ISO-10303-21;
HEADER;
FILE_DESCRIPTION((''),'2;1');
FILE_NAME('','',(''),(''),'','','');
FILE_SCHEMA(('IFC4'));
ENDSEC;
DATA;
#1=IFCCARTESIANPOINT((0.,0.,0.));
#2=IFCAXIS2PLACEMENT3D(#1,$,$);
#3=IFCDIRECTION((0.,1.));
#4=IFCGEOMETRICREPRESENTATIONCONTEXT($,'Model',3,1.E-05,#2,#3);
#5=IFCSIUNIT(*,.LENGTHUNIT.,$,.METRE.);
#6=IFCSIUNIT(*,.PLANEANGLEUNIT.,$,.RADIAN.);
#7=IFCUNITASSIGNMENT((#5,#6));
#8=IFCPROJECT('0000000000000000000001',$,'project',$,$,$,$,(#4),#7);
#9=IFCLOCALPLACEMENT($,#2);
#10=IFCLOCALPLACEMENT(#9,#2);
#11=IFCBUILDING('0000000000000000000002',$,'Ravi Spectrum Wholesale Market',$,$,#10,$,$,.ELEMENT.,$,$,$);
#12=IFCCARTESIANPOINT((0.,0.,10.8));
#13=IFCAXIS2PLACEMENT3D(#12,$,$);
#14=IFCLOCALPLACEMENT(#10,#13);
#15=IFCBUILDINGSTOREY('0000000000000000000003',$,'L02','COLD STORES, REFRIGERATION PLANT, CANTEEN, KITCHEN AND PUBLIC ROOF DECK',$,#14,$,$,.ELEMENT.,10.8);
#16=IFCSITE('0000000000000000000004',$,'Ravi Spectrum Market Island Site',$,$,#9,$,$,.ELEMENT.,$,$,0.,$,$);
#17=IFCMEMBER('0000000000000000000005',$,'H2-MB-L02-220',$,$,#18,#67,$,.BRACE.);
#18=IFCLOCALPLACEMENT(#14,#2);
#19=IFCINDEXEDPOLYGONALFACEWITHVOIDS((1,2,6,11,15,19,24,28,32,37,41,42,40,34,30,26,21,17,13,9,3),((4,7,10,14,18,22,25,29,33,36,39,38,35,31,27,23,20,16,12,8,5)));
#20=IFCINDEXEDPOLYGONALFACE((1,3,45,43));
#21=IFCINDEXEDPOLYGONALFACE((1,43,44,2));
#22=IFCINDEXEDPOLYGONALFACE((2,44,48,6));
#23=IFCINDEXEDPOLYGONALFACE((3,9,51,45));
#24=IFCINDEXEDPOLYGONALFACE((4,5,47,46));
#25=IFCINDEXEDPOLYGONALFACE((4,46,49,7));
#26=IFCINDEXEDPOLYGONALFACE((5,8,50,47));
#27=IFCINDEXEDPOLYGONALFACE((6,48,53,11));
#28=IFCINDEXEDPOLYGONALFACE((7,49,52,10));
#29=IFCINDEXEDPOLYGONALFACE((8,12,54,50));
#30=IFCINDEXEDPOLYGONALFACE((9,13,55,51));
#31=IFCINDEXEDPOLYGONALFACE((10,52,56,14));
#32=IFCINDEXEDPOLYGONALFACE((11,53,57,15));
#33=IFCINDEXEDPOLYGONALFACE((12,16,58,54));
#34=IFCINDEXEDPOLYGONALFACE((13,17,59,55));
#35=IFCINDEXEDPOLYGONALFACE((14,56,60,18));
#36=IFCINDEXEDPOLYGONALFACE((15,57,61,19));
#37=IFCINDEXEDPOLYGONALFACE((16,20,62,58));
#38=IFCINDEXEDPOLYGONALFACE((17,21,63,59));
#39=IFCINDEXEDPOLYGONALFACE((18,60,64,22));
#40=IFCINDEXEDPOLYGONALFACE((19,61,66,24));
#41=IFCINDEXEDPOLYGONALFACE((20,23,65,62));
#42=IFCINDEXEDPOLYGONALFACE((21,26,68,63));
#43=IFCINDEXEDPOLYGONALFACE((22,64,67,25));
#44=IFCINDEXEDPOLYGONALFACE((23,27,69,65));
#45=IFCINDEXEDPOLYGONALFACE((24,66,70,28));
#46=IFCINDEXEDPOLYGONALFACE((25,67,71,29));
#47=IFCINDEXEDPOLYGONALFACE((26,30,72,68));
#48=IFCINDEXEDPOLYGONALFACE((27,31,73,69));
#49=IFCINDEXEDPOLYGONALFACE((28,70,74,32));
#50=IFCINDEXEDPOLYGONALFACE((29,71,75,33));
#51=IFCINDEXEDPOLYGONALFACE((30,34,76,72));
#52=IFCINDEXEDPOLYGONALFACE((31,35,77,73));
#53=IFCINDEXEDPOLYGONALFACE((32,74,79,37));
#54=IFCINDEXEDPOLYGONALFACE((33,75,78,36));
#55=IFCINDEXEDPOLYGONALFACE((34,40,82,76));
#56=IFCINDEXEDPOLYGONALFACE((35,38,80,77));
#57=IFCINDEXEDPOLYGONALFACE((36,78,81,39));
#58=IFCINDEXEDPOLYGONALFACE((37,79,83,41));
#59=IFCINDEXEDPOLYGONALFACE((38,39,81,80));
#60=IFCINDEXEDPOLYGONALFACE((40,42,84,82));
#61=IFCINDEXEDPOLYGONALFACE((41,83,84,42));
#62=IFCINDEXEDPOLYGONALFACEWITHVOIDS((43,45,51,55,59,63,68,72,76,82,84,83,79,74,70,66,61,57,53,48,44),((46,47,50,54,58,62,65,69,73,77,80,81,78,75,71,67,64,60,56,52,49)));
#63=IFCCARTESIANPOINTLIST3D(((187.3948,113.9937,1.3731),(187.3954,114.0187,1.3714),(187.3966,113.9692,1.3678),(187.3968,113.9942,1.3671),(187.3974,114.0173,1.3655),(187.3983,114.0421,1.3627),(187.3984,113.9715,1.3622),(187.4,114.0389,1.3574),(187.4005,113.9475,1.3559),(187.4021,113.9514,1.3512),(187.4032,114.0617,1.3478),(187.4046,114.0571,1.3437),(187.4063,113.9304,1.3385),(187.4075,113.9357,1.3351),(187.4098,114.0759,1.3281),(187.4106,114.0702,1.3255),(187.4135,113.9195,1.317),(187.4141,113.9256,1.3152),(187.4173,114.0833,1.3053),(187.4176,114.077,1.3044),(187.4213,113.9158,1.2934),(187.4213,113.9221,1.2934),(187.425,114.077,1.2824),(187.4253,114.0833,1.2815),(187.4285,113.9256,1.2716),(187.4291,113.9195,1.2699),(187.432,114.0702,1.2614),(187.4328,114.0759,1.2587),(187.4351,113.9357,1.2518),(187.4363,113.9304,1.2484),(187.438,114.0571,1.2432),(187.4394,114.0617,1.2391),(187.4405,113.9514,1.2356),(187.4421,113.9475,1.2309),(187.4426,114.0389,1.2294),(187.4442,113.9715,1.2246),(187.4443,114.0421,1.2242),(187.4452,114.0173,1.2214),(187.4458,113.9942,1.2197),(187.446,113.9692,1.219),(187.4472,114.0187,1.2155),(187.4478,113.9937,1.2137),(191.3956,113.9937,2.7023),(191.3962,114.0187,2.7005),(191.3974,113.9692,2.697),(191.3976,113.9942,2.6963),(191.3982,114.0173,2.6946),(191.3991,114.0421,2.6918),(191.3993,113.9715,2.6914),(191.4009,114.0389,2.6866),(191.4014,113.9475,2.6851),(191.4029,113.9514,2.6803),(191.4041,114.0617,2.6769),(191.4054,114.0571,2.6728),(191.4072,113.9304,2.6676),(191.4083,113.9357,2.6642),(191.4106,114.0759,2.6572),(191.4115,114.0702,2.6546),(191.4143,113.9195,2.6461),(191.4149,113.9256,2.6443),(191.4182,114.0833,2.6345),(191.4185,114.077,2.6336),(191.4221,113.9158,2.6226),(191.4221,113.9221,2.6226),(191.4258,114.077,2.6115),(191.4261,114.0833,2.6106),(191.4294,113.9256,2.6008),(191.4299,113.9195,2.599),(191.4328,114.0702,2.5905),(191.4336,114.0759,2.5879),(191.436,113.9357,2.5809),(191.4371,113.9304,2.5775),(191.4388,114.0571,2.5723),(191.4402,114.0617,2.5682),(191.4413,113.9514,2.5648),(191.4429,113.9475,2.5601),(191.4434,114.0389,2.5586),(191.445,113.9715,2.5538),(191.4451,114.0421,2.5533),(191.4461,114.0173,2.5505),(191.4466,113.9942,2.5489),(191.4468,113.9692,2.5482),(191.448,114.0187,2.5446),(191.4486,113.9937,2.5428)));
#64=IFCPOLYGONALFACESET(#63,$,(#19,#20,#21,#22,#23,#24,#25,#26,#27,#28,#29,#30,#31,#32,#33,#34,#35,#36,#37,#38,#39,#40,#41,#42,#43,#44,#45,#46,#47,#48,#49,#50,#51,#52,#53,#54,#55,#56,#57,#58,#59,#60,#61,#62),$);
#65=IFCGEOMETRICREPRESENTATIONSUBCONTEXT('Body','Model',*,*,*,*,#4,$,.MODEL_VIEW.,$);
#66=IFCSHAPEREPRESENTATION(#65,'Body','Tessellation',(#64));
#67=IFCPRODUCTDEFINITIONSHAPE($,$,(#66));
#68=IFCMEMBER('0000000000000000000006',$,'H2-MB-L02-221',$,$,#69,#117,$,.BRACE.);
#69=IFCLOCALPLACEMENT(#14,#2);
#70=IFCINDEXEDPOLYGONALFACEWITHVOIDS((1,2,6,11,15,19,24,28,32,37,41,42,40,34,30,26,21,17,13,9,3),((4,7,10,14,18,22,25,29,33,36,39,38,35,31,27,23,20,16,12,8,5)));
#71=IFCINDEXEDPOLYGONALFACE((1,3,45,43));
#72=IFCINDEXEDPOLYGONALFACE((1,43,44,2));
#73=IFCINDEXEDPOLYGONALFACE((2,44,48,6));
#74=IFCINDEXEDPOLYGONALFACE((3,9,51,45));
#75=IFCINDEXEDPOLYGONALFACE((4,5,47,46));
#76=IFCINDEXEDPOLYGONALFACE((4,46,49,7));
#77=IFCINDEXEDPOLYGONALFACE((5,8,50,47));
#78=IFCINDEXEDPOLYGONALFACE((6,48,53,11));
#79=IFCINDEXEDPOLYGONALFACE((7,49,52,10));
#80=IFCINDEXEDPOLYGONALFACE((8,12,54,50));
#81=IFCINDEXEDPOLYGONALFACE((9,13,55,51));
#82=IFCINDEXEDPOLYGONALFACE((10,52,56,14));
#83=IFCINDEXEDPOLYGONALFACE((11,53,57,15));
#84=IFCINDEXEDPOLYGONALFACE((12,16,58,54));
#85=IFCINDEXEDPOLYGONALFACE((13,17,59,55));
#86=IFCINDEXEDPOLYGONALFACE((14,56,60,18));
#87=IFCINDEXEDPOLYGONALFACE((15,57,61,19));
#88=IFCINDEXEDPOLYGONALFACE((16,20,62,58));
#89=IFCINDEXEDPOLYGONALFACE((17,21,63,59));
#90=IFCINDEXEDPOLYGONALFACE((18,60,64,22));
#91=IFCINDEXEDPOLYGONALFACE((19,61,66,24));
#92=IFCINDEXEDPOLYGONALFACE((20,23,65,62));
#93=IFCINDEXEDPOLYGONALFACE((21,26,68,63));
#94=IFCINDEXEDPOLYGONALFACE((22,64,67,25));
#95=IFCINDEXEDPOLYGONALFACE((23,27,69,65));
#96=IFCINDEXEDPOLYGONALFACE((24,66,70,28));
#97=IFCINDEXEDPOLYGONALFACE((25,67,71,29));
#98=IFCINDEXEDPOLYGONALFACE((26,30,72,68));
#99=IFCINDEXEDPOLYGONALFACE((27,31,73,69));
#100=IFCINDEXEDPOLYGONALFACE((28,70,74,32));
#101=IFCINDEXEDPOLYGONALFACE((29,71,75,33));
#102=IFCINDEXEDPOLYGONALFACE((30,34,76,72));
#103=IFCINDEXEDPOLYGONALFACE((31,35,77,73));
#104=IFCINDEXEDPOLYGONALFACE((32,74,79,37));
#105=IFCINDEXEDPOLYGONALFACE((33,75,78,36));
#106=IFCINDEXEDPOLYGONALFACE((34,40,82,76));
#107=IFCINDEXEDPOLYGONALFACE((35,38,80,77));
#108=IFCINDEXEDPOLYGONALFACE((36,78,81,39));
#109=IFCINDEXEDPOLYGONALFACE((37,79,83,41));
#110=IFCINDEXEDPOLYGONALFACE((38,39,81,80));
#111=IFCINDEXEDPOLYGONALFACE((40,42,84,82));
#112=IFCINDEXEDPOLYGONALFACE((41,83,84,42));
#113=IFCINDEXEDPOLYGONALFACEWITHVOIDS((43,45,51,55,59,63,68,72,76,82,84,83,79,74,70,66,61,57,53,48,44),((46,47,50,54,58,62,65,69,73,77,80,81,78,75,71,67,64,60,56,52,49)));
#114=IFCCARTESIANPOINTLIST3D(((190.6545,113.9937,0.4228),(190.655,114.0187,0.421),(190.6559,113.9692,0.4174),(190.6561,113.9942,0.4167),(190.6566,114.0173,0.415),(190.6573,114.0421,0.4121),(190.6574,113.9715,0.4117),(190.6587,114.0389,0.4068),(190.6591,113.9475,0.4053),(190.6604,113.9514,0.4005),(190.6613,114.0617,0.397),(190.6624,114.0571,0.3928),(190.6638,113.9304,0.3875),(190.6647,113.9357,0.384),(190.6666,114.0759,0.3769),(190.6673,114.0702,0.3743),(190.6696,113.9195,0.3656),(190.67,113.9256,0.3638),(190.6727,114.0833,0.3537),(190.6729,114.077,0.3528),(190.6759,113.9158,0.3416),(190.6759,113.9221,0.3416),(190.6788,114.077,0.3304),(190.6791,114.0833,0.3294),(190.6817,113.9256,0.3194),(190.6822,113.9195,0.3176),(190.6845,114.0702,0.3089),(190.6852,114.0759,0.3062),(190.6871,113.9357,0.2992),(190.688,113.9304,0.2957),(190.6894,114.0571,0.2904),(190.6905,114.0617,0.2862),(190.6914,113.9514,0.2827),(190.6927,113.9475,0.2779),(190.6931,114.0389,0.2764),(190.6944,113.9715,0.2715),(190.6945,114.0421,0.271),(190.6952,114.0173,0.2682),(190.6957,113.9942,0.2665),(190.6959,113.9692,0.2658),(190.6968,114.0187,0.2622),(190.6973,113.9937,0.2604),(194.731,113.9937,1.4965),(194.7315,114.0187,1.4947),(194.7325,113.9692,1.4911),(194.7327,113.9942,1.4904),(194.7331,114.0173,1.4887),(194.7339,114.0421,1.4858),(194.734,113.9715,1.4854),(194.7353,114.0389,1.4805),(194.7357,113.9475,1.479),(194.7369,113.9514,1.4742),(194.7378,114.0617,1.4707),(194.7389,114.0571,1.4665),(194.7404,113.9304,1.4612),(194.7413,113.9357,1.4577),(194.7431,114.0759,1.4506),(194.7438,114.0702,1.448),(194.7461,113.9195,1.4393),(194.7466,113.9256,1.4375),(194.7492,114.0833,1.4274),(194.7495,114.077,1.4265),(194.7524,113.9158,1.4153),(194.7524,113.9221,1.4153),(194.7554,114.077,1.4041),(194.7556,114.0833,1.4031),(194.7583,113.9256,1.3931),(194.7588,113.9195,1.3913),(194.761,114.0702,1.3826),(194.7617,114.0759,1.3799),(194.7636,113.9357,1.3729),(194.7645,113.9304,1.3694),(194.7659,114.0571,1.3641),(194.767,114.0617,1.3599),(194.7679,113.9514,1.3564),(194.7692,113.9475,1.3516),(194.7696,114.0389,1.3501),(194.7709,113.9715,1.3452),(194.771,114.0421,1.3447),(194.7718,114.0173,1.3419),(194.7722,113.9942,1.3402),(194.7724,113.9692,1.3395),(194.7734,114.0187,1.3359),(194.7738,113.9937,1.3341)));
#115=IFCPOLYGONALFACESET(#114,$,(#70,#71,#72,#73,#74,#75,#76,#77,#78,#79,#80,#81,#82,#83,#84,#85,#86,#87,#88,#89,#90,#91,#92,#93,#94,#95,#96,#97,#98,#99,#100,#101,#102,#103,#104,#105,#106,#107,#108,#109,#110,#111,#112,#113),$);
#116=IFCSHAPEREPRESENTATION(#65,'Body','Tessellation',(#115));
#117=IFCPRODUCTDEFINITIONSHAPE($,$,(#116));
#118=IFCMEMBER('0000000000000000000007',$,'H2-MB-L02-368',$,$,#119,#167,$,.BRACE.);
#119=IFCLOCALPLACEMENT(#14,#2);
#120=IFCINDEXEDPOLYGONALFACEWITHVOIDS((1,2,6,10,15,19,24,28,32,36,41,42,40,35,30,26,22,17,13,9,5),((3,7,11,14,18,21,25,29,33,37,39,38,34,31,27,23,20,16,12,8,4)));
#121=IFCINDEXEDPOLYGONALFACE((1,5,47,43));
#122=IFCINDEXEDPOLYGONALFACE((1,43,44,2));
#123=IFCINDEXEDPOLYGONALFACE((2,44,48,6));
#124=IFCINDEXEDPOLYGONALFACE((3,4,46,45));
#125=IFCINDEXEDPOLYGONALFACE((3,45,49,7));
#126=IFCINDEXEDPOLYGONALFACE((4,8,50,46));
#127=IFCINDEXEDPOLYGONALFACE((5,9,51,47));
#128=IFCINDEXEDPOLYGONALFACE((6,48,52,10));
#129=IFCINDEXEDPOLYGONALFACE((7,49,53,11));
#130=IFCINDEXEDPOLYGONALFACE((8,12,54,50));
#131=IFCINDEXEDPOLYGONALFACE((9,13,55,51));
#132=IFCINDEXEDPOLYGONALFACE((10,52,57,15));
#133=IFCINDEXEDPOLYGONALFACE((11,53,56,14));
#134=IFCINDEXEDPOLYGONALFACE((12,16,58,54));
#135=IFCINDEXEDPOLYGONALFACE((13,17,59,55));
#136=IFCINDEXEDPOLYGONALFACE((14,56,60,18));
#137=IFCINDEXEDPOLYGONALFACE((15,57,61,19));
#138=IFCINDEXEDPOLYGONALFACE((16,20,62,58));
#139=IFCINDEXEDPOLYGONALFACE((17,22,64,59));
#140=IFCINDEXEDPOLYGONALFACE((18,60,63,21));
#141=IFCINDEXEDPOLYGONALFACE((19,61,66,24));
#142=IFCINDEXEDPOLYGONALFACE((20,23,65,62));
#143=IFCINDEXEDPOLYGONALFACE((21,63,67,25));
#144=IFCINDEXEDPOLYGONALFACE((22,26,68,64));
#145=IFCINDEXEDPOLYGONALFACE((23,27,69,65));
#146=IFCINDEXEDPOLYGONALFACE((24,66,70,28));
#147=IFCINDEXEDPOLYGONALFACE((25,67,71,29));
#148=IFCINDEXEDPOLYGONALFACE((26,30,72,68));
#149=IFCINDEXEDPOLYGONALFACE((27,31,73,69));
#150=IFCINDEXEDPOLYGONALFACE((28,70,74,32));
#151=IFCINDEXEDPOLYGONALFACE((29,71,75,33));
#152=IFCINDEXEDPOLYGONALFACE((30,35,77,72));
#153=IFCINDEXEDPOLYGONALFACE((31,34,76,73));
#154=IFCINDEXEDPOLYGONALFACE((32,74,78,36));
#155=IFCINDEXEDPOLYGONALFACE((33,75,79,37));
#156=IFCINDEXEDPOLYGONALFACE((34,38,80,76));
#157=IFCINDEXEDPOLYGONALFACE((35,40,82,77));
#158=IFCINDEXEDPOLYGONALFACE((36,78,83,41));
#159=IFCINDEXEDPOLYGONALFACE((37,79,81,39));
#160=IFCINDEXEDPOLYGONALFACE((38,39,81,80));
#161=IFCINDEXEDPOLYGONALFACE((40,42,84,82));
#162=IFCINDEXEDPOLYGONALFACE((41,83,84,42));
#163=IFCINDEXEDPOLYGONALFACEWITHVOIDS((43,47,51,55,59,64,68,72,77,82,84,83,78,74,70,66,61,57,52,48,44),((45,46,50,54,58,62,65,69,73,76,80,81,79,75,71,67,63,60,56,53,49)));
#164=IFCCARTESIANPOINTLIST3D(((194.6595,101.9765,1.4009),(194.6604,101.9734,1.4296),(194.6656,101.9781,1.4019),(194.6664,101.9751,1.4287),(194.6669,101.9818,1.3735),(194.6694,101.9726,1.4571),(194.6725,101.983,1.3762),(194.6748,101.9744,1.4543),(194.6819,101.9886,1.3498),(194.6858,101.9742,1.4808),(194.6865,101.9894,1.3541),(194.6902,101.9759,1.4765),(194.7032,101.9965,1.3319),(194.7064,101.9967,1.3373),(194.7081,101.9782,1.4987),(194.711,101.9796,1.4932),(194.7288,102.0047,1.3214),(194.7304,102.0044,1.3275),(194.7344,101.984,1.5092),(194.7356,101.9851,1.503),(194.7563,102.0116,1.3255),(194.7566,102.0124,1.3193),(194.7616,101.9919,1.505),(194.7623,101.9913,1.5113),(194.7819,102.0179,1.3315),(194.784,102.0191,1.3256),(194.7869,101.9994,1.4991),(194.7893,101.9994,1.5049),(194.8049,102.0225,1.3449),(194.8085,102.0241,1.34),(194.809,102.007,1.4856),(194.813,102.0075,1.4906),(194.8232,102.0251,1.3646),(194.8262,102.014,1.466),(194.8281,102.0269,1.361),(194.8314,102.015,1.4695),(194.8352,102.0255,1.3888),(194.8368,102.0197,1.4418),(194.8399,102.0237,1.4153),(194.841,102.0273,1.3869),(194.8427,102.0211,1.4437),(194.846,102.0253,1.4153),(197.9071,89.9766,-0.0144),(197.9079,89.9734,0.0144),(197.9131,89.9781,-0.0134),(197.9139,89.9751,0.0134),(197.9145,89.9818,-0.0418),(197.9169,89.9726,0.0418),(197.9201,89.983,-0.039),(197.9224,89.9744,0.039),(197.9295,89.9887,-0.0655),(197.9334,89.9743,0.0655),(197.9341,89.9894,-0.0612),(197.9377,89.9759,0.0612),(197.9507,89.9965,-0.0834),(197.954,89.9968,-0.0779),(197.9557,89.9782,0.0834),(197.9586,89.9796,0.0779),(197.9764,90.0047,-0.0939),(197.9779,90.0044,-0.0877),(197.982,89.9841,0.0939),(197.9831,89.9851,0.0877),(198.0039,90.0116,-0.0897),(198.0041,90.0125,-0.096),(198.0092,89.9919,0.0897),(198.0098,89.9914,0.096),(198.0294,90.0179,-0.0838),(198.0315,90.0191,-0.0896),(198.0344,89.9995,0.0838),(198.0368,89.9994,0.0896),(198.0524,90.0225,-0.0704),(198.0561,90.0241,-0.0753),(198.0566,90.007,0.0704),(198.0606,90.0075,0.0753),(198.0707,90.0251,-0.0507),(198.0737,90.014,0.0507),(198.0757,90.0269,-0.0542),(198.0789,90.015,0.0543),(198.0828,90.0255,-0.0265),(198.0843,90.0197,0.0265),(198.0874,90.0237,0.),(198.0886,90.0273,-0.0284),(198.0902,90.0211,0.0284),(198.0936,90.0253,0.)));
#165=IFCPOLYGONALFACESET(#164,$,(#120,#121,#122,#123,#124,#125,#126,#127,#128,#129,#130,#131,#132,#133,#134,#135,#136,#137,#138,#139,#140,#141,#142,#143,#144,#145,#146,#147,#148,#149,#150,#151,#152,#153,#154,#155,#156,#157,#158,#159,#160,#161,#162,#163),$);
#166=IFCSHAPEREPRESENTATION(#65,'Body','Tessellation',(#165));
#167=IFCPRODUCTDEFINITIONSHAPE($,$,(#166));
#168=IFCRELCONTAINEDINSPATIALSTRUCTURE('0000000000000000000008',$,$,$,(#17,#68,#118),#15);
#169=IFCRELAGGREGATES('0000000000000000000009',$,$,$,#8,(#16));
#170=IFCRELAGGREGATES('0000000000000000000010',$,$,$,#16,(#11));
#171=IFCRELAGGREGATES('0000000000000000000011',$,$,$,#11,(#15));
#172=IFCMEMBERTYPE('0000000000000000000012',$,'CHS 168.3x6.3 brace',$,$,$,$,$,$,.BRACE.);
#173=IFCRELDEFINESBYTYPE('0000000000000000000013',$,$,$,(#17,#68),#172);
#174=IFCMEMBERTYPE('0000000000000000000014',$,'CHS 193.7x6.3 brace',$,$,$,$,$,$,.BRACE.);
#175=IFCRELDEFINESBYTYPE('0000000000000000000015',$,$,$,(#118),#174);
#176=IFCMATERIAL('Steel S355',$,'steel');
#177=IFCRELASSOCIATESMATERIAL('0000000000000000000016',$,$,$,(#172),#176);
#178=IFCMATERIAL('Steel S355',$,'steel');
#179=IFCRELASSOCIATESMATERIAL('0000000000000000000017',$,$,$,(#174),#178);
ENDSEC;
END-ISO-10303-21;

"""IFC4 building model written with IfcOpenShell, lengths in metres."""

from ifc_helpers import new_model, si_unit, direction, frame, origin, origin_2d, place, context, subcontext, project, spatial, hollow_circle, extrude, material, material_profile, profile_set, type_object, element, save


model = new_model("IFC4")

# Units and contexts
model_context = context("Model", 3, precision=1e-05, world=origin(), true_north=direction((0.0, 1.0)))
body_context = subcontext(model_context, "Body", "Model", "MODEL_VIEW")
ifc_project = project(units=[si_unit("LENGTHUNIT", "METRE"), si_unit("PLANEANGLEUNIT", "RADIAN")], contexts=[model_context])

# Site, building, storey
site_placement = place(None, origin())
site = spatial("IfcSite", under=ifc_project, at=site_placement, Name="Ravi Spectrum Market Island Site", CompositionType="ELEMENT", RefElevation=0.0)
building_placement = place(site_placement, origin())
building = spatial("IfcBuilding", under=site, at=building_placement, Name="Ravi Spectrum Wholesale Market", CompositionType="ELEMENT")
storey_placement = place(building_placement, frame((0.0, 0.0, 10.8)))
storey = spatial("IfcBuildingStorey", under=building, at=storey_placement, Name="L02", Description="COLD STORES, REFRIGERATION PLANT, CANTEEN, KITCHEN AND PUBLIC ROOF DECK", CompositionType="ELEMENT", Elevation=10.8)

# Members
ifc_material_1 = material(Name="Steel S355", Category="steel")
ifc_material_profile_1 = material_profile(ifc_material_1, hollow_circle(Radius=0.0842, WallThickness=0.0063, at=origin_2d()))
ifc_profile_set_1 = profile_set([ifc_material_profile_1], Name="Steel S355")
member_type_1 = type_object("IfcMemberType", Name="CHS 168.3x6.3 brace", PredefinedType="BRACE", material=ifc_profile_set_1)
member_1_placement = place(storey_placement, frame((191.4221, 114.0, 2.6226), z_axis=(-0.949001, 0.0, -0.315272), x_axis=(0.0, -1.0, 0.0)))
element("IfcMember", 1, at=member_1_placement, inside=storey, type_object=member_type_1, Name="H2-MB-L02-220", PredefinedType="BRACE", context=body_context, shape_type="SweptSolid", body=[
    extrude(hollow_circle(Radius=0.0842, WallThickness=0.0063, at=origin_2d()), origin(), (0.0, 0.0, 1.0), 4.2158),
])
member_2_placement = place(storey_placement, frame((194.7524, 114.0, 1.4153), z_axis=(-0.967021, 0.0, -0.254699), x_axis=(0.0, -1.0, 0.0)))
element("IfcMember", 2, at=member_2_placement, inside=storey, type_object=member_type_1, Name="H2-MB-L02-221", PredefinedType="BRACE", context=body_context, shape_type="SweptSolid", body=[
    extrude(hollow_circle(Radius=0.0842, WallThickness=0.0063, at=origin_2d()), origin(), (0.0, 0.0, 1.0), 4.2156),
])
ifc_material_2 = material(Name="Steel S355", Category="steel")
ifc_material_profile_2 = material_profile(ifc_material_2, hollow_circle(Radius=0.0969, WallThickness=0.0063, at=origin_2d()))
ifc_profile_set_2 = profile_set([ifc_material_profile_2], Name="Steel S355")
member_type_2 = type_object("IfcMemberType", Name="CHS 193.7x6.3 brace", PredefinedType="BRACE", material=ifc_profile_set_2)
member_3_placement = place(storey_placement, frame((194.7524, 102.0, 1.4153), z_axis=(0.259556, -0.959081, -0.113114), x_axis=(0.965276, 0.261233, 0.0)))
element("IfcMember", 3, at=member_3_placement, inside=storey, type_object=member_type_2, Name="H2-MB-L02-368", PredefinedType="BRACE", context=body_context, shape_type="SweptSolid", body=[
    extrude(hollow_circle(Radius=0.0969, WallThickness=0.0063, at=origin_2d()), origin(), (0.0, 0.0, 1.0), 12.512),
])

save(model, "model.ifc")
